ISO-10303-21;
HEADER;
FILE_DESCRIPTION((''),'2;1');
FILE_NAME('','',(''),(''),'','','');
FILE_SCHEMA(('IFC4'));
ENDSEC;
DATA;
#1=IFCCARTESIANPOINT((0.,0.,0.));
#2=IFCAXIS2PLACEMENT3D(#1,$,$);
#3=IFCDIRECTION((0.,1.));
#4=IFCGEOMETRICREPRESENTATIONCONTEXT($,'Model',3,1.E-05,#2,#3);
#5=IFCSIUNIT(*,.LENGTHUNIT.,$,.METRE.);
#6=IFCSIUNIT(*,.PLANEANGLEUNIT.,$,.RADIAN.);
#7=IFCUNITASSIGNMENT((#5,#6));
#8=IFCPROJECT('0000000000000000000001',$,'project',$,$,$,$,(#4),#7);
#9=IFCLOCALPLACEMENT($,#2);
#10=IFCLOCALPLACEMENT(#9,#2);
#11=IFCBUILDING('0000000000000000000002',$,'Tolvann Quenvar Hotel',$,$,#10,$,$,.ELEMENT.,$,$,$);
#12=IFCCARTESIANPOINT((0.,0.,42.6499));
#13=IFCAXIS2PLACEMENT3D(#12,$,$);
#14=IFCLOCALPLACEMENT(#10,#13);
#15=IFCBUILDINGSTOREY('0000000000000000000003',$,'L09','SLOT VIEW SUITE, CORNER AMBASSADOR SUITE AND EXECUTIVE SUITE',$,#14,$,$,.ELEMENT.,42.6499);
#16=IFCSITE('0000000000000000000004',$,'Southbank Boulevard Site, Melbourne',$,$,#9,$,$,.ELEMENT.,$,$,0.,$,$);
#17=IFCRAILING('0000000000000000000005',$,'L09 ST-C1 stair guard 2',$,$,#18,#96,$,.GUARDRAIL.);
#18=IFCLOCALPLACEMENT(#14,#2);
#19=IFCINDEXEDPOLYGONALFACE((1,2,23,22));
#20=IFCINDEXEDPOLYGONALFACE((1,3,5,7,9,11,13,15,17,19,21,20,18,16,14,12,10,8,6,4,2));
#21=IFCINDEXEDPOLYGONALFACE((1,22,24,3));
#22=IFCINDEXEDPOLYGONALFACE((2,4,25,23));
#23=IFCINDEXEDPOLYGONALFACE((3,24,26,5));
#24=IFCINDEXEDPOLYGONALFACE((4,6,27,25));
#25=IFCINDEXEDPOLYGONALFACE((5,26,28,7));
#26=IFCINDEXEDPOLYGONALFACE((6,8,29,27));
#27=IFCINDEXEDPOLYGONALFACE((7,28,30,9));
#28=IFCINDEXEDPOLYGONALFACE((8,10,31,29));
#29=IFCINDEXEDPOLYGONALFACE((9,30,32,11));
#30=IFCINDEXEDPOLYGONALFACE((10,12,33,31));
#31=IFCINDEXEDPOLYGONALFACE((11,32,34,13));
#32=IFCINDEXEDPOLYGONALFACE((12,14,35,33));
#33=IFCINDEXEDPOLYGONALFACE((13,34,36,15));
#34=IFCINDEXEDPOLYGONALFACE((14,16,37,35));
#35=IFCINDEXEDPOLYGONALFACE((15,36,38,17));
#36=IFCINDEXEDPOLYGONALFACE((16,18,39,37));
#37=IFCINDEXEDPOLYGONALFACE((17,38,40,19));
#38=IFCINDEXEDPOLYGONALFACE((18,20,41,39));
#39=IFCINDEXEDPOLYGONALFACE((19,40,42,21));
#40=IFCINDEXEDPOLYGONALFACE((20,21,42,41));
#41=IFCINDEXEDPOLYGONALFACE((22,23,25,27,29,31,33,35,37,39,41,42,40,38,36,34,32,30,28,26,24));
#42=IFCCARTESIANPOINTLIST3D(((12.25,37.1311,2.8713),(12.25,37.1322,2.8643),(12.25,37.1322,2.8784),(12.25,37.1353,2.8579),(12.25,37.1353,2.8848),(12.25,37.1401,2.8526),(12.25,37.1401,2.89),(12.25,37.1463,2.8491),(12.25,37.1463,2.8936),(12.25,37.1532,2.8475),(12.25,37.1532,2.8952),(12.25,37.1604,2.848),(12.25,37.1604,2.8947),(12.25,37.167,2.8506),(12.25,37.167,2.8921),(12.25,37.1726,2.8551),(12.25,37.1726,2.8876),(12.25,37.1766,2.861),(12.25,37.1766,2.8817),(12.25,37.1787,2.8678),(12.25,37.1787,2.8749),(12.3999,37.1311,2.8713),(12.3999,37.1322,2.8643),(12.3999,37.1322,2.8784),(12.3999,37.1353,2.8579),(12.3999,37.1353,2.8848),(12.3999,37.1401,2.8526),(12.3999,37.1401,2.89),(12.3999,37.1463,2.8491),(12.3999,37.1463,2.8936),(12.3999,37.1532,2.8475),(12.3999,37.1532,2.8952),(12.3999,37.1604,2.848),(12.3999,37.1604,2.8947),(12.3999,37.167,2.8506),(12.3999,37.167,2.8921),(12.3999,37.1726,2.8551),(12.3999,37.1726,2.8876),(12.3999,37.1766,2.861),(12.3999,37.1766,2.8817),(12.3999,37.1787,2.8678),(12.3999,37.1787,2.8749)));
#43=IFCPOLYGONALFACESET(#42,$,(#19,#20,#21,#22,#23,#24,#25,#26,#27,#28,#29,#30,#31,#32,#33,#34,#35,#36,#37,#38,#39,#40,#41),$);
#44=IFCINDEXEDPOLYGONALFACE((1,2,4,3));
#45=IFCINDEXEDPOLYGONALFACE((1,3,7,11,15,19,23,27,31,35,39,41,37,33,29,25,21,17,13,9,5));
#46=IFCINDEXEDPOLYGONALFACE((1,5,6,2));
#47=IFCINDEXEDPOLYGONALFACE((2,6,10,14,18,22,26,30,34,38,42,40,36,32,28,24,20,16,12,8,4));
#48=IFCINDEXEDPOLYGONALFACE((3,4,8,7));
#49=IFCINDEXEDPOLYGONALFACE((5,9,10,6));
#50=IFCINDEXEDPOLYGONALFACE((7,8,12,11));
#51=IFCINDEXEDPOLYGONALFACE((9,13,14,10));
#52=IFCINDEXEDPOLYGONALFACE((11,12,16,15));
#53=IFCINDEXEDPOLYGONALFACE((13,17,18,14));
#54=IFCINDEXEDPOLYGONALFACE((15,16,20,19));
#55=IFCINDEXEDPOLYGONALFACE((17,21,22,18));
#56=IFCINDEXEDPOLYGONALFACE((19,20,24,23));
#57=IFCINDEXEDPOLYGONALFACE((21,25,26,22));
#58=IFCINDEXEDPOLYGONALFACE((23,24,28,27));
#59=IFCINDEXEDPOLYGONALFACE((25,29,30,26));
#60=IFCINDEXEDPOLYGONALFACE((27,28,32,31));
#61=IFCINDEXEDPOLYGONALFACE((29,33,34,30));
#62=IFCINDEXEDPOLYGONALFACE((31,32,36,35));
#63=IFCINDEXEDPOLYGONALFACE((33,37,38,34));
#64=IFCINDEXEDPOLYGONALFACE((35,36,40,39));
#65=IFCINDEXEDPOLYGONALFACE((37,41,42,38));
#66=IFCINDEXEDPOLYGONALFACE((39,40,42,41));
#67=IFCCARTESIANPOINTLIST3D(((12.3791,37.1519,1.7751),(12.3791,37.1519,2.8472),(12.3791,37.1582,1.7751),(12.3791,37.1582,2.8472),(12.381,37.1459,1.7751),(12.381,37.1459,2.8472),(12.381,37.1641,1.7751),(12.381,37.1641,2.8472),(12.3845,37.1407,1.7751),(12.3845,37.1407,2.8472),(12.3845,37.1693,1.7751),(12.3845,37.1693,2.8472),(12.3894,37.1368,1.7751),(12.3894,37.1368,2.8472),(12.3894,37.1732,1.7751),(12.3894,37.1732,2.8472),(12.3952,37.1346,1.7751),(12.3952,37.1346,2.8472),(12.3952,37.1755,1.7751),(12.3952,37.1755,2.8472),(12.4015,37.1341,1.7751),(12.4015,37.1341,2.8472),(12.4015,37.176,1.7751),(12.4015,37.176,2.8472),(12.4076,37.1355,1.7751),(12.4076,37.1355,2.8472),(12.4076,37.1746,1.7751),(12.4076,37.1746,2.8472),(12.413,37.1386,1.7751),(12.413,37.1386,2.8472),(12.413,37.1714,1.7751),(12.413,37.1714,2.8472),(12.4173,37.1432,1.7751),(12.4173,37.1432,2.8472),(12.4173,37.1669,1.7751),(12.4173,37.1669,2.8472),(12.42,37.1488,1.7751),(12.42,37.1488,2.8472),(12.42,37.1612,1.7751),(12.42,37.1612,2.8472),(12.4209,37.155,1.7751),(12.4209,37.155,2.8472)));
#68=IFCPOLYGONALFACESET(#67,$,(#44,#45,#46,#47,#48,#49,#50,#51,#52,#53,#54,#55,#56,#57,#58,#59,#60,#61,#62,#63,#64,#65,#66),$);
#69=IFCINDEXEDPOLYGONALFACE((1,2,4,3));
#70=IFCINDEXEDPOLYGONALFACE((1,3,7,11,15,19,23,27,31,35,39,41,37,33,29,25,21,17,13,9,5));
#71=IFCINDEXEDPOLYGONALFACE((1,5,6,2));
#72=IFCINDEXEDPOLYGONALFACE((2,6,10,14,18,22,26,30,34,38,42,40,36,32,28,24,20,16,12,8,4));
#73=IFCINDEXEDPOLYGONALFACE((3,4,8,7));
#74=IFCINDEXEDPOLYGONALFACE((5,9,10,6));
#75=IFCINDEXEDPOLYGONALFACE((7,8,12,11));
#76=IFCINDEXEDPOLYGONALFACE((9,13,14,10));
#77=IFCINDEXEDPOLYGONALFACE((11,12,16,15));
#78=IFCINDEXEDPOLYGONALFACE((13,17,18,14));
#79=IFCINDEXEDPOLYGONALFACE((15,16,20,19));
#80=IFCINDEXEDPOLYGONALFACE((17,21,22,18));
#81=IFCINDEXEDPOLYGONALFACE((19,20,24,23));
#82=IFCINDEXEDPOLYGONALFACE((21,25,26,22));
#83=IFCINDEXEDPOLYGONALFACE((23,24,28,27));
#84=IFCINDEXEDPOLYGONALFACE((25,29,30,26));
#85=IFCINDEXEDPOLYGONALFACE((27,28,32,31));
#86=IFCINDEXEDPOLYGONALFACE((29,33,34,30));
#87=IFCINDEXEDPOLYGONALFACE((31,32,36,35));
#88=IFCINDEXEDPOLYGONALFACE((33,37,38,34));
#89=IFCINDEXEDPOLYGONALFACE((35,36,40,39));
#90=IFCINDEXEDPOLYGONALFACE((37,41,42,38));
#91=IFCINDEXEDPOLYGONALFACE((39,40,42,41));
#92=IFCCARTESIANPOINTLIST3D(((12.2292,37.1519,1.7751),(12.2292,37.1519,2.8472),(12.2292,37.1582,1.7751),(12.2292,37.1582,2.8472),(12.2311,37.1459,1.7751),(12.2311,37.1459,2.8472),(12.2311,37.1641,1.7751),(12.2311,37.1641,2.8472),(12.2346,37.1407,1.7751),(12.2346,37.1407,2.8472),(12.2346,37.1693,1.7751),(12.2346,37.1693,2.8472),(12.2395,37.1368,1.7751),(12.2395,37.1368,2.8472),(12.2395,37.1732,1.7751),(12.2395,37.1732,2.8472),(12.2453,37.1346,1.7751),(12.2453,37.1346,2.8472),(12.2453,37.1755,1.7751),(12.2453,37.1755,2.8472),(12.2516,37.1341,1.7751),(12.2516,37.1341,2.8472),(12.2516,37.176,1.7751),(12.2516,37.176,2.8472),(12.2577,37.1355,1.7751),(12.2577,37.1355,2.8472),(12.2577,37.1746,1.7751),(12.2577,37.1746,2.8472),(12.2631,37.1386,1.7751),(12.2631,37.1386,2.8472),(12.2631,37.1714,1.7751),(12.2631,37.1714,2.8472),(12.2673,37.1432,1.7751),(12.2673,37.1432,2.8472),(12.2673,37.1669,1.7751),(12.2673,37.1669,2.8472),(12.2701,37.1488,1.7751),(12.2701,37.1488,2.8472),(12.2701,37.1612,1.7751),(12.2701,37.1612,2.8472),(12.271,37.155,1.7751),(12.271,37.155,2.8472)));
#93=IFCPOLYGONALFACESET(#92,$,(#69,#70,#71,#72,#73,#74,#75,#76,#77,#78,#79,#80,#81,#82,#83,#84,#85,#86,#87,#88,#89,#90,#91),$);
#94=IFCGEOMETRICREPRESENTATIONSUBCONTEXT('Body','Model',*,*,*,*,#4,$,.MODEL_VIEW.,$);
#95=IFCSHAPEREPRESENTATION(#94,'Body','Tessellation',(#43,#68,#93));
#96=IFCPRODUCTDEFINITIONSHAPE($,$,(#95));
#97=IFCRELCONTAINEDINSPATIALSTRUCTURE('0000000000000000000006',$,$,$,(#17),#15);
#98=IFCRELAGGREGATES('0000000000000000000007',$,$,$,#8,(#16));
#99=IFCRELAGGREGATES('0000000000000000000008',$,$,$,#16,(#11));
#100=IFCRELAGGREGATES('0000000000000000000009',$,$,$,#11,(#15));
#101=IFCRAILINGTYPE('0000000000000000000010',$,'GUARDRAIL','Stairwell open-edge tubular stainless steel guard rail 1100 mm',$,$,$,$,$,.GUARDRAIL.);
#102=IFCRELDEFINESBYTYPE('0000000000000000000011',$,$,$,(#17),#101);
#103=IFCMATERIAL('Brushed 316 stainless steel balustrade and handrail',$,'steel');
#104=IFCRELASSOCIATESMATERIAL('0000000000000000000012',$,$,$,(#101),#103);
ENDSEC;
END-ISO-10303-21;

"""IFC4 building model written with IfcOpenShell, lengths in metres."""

from ifc_helpers import new_model, si_unit, direction, frame, origin, origin_2d, place, context, subcontext, project, spatial, circle, extrude, material, type_object, element, save


model = new_model("IFC4")

# Units and contexts
model_context = context("Model", 3, precision=1e-05, world=origin(), true_north=direction((0.0, 1.0)))
body_context = subcontext(model_context, "Body", "Model", "MODEL_VIEW")
ifc_project = project(units=[si_unit("LENGTHUNIT", "METRE"), si_unit("PLANEANGLEUNIT", "RADIAN")], contexts=[model_context])

# Site, building, storey
site_placement = place(None, origin())
site = spatial("IfcSite", under=ifc_project, at=site_placement, Name="Southbank Boulevard Site, Melbourne", CompositionType="ELEMENT", RefElevation=0.0)
building_placement = place(site_placement, origin())
building = spatial("IfcBuilding", under=site, at=building_placement, Name="Tolvann Quenvar Hotel", CompositionType="ELEMENT")
storey_placement = place(building_placement, frame((0.0, 0.0, 42.6499)))
storey = spatial("IfcBuildingStorey", under=building, at=storey_placement, Name="L09", Description="SLOT VIEW SUITE, CORNER AMBASSADOR SUITE AND EXECUTIVE SUITE", CompositionType="ELEMENT", Elevation=42.6499)

# Railing
ifc_material_1 = material(Name="Brushed 316 stainless steel balustrade and handrail", Category="steel")
railing_type_1 = type_object("IfcRailingType", Name="GUARDRAIL", Description="Stairwell open-edge tubular stainless steel guard rail 1100 mm", PredefinedType="GUARDRAIL", material=ifc_material_1)
railing_1_placement = place(storey_placement, frame((12.3999, 37.155, 1.7751)))
element("IfcRailing", 1, at=railing_1_placement, inside=storey, type_object=railing_type_1, Name="L09 ST-C1 stair guard 2", PredefinedType="GUARDRAIL", context=body_context, shape_type="SweptSolid", body=[
    extrude(circle(Radius=0.0239, at=origin_2d()), frame((0.0, 0.0, 1.0962), z_axis=(-1.0, 0.0, 0.0), x_axis=(0.0, -1.0, 0.0)), (0.0, 0.0, 1.0), 0.1499),
    extrude(circle(Radius=0.021, at=origin_2d()), origin(), (0.0, 0.0, 1.0), 1.072),
    extrude(circle(Radius=0.021, at=origin_2d()), frame((-0.1499, 0.0, 0.0)), (0.0, 0.0, 1.0), 1.072),
])

save(model, "model.ifc")
